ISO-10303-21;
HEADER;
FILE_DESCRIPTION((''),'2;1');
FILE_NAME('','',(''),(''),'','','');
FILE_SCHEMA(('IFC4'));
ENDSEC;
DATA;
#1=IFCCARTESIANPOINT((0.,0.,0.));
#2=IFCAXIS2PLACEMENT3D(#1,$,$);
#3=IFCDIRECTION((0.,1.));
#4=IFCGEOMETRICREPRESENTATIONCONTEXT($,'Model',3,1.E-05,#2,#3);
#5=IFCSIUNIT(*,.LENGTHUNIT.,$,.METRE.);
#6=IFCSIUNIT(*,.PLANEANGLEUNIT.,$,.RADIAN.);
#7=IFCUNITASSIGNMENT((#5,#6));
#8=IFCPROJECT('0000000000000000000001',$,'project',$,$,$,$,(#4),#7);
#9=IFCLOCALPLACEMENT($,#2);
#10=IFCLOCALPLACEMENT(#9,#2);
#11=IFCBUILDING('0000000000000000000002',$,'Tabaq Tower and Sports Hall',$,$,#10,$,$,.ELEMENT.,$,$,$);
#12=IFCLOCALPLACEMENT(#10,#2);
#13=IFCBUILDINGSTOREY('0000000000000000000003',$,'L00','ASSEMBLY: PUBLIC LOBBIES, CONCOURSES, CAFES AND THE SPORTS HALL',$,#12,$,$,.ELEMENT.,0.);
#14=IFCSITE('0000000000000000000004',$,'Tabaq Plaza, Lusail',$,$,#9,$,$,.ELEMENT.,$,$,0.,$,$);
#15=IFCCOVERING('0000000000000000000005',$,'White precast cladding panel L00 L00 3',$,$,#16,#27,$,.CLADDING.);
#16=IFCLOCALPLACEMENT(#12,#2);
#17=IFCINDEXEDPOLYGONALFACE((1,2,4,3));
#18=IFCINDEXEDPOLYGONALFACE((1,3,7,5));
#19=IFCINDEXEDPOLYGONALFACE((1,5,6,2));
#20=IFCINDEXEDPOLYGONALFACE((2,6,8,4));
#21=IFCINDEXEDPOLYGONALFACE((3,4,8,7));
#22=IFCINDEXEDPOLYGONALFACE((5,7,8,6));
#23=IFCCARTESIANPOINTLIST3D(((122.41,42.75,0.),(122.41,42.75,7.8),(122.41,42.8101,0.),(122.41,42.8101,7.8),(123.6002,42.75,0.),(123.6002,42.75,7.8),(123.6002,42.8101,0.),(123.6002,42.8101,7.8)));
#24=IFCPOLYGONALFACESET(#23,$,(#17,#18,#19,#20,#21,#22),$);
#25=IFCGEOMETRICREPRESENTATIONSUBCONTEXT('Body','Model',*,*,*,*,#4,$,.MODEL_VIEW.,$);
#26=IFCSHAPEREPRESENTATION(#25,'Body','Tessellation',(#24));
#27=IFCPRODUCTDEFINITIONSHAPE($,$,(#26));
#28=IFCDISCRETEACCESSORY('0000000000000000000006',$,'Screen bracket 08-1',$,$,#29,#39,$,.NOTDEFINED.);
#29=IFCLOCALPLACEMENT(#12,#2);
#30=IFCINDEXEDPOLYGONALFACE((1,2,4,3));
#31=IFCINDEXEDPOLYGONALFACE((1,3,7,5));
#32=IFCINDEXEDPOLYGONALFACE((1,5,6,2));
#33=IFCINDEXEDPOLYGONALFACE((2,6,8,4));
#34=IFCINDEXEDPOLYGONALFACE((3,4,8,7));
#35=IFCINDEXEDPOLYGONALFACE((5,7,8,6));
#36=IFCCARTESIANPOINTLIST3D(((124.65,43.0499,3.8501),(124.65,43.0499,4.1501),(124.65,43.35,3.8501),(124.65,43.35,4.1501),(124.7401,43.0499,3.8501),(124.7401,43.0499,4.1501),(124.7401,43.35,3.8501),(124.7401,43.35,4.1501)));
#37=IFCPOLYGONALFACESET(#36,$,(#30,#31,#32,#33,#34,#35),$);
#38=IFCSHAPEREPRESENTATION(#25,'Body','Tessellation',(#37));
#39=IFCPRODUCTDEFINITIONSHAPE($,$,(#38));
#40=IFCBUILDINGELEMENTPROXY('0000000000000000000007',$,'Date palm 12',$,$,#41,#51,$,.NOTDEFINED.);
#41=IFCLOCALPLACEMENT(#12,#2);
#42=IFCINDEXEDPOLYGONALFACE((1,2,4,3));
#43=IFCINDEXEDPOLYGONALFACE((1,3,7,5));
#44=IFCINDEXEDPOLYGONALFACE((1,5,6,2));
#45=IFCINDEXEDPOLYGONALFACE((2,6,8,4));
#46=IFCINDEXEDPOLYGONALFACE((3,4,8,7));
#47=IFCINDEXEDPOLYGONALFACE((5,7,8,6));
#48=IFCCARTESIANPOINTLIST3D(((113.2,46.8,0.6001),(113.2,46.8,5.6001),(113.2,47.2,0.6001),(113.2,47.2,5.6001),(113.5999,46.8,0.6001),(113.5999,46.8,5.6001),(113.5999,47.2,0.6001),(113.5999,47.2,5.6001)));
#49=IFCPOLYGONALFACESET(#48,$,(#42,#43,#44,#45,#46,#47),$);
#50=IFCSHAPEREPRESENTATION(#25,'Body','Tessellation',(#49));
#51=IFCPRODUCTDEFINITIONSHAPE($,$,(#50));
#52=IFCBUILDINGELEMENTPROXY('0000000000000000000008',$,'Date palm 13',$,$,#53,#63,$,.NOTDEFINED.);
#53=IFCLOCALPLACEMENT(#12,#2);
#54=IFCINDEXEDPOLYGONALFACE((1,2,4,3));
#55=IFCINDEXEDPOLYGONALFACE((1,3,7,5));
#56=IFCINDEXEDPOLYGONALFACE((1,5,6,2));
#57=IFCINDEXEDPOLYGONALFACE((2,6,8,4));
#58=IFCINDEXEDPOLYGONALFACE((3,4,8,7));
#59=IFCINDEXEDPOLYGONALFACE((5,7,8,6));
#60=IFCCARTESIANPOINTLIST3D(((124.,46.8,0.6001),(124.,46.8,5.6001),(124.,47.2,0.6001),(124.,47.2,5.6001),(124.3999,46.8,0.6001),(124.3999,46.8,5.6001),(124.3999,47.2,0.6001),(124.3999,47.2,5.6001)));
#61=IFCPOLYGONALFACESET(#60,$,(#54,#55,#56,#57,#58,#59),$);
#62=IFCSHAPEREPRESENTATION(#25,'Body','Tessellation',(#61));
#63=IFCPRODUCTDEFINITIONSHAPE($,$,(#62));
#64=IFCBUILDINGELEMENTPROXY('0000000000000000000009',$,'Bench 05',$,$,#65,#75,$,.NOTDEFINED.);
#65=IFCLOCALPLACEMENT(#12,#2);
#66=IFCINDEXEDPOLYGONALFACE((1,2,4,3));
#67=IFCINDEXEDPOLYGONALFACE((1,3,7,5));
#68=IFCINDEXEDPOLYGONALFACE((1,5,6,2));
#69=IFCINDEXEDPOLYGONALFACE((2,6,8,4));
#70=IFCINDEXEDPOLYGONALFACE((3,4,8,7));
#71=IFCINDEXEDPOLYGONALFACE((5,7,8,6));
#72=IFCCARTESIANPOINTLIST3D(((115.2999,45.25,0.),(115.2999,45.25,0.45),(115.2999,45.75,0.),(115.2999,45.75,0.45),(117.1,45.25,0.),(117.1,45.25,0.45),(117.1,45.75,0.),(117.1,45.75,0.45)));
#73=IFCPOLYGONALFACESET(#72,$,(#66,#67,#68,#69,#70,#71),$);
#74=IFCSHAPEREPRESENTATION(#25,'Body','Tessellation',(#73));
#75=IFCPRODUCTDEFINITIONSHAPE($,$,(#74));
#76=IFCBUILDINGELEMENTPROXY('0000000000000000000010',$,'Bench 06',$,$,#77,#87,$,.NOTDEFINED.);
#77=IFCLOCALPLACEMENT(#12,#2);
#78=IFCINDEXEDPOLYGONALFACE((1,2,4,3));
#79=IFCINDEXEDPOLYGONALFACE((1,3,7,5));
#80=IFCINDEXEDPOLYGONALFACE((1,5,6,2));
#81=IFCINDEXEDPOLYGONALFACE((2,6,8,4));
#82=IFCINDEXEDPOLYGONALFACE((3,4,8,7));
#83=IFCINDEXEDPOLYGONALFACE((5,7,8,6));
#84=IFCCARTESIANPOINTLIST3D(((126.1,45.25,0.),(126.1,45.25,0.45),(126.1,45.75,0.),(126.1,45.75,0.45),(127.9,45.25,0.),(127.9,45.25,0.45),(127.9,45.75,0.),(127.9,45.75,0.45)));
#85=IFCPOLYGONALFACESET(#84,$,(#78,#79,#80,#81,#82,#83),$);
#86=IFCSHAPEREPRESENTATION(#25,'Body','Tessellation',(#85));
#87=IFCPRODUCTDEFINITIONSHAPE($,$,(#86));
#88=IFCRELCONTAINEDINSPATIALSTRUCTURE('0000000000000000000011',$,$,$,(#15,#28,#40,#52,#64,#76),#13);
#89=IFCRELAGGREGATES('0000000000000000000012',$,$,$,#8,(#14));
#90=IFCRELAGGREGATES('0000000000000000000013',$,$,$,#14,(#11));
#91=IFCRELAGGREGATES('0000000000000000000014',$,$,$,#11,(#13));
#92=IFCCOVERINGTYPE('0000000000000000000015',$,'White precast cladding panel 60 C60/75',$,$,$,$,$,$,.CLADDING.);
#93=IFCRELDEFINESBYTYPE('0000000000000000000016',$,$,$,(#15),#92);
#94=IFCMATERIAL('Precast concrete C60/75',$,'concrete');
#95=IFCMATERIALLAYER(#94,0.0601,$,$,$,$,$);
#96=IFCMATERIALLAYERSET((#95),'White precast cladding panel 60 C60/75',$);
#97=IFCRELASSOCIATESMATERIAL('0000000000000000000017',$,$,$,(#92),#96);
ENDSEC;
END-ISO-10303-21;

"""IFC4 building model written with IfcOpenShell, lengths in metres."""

from ifc_helpers import new_model, si_unit, direction, frame, frame_2d, origin, origin_2d, place, context, subcontext, project, spatial, rectangle, extrude, material, layer, layer_set, type_object, element, save


model = new_model("IFC4")

# Units and contexts
model_context = context("Model", 3, precision=1e-05, world=origin(), true_north=direction((0.0, 1.0)))
body_context = subcontext(model_context, "Body", "Model", "MODEL_VIEW")
ifc_project = project(units=[si_unit("LENGTHUNIT", "METRE"), si_unit("PLANEANGLEUNIT", "RADIAN")], contexts=[model_context])

# Site, building, storey
site_placement = place(None, origin())
site = spatial("IfcSite", under=ifc_project, at=site_placement, Name="Tabaq Plaza, Lusail", CompositionType="ELEMENT", RefElevation=0.0)
building_placement = place(site_placement, origin())
building = spatial("IfcBuilding", under=site, at=building_placement, Name="Tabaq Tower and Sports Hall", CompositionType="ELEMENT")
storey_placement = place(building_placement, origin())
storey = spatial("IfcBuildingStorey", under=building, at=storey_placement, Name="L00", Description="ASSEMBLY: PUBLIC LOBBIES, CONCOURSES, CAFES AND THE SPORTS HALL", CompositionType="ELEMENT", Elevation=0.0)

# Covering
ifc_material_1 = material(Name="Precast concrete C60/75", Category="concrete")
ifc_layer = layer(ifc_material_1, 0.0601)
ifc_layer_set = layer_set([ifc_layer], Name="White precast cladding panel 60 C60/75")
covering_type_1 = type_object("IfcCoveringType", Name="White precast cladding panel 60 C60/75", PredefinedType="CLADDING", material=ifc_layer_set)
covering_1_placement = place(storey_placement, frame((122.4099, 42.78, 0.0), z_axis=(0.0, 0.0, 1.0), x_axis=(1.0, 0.0, 0.0)))
element("IfcCovering", 1, at=covering_1_placement, inside=storey, type_object=covering_type_1, Name="White precast cladding panel L00 L00 3", PredefinedType="CLADDING", context=body_context, shape_type="SweptSolid", body=[
    extrude(rectangle(XDim=1.1902, YDim=0.0601, at=frame_2d((0.5952, 0.0))), origin(), (0.0, 0.0, 1.0), 7.8),
])

# Discrete accessory
discrete_accessory_placement = place(storey_placement, frame((124.6951, 43.2, 3.8501), z_axis=(0.0, 0.0, 1.0), x_axis=(1.0, 0.0, 0.0)))
element("IfcDiscreteAccessory", 2, at=discrete_accessory_placement, inside=storey, Name="Screen bracket 08-1", PredefinedType="NOTDEFINED", context=body_context, shape_type="SweptSolid", body=[
    extrude(rectangle(XDim=0.0901, YDim=0.3, at=origin_2d()), origin(), (0.0, 0.0, 1.0), 0.3),
])

# Building element proxies
for number, where, z_axis, x_axis, name in (
    (3, (113.3999, 47.0, 0.6001), (0.0, 0.0, 1.0), (1.0, 0.0, 0.0), "Date palm 12"),
    (4, (124.2, 47.0, 0.6001), (0.0, 0.0, 1.0), (1.0, 0.0, 0.0), "Date palm 13"),
):
    element("IfcBuildingElementProxy", number, at=place(storey_placement, frame(where, z_axis=z_axis, x_axis=x_axis)), inside=storey, Name=name, PredefinedType="NOTDEFINED", context=body_context, shape_type="SweptSolid", body=[
        extrude(rectangle(XDim=0.3999, YDim=0.3999, at=origin_2d()), origin(), (0.0, 0.0, 1.0), 5.0),
    ])
for number, where, z_axis, x_axis, name in (
    (5, (116.2, 45.5, 0.0), (0.0, 0.0, 1.0), (1.0, 0.0, 0.0), "Bench 05"),
    (6, (127.0, 45.5, 0.0), (0.0, 0.0, 1.0), (1.0, 0.0, 0.0), "Bench 06"),
):
    element("IfcBuildingElementProxy", number, at=place(storey_placement, frame(where, z_axis=z_axis, x_axis=x_axis)), inside=storey, Name=name, PredefinedType="NOTDEFINED", context=body_context, shape_type="SweptSolid", body=[
        extrude(rectangle(XDim=1.8, YDim=0.5, at=origin_2d()), origin(), (0.0, 0.0, 1.0), 0.45),
    ])

save(model, "model.ifc")
